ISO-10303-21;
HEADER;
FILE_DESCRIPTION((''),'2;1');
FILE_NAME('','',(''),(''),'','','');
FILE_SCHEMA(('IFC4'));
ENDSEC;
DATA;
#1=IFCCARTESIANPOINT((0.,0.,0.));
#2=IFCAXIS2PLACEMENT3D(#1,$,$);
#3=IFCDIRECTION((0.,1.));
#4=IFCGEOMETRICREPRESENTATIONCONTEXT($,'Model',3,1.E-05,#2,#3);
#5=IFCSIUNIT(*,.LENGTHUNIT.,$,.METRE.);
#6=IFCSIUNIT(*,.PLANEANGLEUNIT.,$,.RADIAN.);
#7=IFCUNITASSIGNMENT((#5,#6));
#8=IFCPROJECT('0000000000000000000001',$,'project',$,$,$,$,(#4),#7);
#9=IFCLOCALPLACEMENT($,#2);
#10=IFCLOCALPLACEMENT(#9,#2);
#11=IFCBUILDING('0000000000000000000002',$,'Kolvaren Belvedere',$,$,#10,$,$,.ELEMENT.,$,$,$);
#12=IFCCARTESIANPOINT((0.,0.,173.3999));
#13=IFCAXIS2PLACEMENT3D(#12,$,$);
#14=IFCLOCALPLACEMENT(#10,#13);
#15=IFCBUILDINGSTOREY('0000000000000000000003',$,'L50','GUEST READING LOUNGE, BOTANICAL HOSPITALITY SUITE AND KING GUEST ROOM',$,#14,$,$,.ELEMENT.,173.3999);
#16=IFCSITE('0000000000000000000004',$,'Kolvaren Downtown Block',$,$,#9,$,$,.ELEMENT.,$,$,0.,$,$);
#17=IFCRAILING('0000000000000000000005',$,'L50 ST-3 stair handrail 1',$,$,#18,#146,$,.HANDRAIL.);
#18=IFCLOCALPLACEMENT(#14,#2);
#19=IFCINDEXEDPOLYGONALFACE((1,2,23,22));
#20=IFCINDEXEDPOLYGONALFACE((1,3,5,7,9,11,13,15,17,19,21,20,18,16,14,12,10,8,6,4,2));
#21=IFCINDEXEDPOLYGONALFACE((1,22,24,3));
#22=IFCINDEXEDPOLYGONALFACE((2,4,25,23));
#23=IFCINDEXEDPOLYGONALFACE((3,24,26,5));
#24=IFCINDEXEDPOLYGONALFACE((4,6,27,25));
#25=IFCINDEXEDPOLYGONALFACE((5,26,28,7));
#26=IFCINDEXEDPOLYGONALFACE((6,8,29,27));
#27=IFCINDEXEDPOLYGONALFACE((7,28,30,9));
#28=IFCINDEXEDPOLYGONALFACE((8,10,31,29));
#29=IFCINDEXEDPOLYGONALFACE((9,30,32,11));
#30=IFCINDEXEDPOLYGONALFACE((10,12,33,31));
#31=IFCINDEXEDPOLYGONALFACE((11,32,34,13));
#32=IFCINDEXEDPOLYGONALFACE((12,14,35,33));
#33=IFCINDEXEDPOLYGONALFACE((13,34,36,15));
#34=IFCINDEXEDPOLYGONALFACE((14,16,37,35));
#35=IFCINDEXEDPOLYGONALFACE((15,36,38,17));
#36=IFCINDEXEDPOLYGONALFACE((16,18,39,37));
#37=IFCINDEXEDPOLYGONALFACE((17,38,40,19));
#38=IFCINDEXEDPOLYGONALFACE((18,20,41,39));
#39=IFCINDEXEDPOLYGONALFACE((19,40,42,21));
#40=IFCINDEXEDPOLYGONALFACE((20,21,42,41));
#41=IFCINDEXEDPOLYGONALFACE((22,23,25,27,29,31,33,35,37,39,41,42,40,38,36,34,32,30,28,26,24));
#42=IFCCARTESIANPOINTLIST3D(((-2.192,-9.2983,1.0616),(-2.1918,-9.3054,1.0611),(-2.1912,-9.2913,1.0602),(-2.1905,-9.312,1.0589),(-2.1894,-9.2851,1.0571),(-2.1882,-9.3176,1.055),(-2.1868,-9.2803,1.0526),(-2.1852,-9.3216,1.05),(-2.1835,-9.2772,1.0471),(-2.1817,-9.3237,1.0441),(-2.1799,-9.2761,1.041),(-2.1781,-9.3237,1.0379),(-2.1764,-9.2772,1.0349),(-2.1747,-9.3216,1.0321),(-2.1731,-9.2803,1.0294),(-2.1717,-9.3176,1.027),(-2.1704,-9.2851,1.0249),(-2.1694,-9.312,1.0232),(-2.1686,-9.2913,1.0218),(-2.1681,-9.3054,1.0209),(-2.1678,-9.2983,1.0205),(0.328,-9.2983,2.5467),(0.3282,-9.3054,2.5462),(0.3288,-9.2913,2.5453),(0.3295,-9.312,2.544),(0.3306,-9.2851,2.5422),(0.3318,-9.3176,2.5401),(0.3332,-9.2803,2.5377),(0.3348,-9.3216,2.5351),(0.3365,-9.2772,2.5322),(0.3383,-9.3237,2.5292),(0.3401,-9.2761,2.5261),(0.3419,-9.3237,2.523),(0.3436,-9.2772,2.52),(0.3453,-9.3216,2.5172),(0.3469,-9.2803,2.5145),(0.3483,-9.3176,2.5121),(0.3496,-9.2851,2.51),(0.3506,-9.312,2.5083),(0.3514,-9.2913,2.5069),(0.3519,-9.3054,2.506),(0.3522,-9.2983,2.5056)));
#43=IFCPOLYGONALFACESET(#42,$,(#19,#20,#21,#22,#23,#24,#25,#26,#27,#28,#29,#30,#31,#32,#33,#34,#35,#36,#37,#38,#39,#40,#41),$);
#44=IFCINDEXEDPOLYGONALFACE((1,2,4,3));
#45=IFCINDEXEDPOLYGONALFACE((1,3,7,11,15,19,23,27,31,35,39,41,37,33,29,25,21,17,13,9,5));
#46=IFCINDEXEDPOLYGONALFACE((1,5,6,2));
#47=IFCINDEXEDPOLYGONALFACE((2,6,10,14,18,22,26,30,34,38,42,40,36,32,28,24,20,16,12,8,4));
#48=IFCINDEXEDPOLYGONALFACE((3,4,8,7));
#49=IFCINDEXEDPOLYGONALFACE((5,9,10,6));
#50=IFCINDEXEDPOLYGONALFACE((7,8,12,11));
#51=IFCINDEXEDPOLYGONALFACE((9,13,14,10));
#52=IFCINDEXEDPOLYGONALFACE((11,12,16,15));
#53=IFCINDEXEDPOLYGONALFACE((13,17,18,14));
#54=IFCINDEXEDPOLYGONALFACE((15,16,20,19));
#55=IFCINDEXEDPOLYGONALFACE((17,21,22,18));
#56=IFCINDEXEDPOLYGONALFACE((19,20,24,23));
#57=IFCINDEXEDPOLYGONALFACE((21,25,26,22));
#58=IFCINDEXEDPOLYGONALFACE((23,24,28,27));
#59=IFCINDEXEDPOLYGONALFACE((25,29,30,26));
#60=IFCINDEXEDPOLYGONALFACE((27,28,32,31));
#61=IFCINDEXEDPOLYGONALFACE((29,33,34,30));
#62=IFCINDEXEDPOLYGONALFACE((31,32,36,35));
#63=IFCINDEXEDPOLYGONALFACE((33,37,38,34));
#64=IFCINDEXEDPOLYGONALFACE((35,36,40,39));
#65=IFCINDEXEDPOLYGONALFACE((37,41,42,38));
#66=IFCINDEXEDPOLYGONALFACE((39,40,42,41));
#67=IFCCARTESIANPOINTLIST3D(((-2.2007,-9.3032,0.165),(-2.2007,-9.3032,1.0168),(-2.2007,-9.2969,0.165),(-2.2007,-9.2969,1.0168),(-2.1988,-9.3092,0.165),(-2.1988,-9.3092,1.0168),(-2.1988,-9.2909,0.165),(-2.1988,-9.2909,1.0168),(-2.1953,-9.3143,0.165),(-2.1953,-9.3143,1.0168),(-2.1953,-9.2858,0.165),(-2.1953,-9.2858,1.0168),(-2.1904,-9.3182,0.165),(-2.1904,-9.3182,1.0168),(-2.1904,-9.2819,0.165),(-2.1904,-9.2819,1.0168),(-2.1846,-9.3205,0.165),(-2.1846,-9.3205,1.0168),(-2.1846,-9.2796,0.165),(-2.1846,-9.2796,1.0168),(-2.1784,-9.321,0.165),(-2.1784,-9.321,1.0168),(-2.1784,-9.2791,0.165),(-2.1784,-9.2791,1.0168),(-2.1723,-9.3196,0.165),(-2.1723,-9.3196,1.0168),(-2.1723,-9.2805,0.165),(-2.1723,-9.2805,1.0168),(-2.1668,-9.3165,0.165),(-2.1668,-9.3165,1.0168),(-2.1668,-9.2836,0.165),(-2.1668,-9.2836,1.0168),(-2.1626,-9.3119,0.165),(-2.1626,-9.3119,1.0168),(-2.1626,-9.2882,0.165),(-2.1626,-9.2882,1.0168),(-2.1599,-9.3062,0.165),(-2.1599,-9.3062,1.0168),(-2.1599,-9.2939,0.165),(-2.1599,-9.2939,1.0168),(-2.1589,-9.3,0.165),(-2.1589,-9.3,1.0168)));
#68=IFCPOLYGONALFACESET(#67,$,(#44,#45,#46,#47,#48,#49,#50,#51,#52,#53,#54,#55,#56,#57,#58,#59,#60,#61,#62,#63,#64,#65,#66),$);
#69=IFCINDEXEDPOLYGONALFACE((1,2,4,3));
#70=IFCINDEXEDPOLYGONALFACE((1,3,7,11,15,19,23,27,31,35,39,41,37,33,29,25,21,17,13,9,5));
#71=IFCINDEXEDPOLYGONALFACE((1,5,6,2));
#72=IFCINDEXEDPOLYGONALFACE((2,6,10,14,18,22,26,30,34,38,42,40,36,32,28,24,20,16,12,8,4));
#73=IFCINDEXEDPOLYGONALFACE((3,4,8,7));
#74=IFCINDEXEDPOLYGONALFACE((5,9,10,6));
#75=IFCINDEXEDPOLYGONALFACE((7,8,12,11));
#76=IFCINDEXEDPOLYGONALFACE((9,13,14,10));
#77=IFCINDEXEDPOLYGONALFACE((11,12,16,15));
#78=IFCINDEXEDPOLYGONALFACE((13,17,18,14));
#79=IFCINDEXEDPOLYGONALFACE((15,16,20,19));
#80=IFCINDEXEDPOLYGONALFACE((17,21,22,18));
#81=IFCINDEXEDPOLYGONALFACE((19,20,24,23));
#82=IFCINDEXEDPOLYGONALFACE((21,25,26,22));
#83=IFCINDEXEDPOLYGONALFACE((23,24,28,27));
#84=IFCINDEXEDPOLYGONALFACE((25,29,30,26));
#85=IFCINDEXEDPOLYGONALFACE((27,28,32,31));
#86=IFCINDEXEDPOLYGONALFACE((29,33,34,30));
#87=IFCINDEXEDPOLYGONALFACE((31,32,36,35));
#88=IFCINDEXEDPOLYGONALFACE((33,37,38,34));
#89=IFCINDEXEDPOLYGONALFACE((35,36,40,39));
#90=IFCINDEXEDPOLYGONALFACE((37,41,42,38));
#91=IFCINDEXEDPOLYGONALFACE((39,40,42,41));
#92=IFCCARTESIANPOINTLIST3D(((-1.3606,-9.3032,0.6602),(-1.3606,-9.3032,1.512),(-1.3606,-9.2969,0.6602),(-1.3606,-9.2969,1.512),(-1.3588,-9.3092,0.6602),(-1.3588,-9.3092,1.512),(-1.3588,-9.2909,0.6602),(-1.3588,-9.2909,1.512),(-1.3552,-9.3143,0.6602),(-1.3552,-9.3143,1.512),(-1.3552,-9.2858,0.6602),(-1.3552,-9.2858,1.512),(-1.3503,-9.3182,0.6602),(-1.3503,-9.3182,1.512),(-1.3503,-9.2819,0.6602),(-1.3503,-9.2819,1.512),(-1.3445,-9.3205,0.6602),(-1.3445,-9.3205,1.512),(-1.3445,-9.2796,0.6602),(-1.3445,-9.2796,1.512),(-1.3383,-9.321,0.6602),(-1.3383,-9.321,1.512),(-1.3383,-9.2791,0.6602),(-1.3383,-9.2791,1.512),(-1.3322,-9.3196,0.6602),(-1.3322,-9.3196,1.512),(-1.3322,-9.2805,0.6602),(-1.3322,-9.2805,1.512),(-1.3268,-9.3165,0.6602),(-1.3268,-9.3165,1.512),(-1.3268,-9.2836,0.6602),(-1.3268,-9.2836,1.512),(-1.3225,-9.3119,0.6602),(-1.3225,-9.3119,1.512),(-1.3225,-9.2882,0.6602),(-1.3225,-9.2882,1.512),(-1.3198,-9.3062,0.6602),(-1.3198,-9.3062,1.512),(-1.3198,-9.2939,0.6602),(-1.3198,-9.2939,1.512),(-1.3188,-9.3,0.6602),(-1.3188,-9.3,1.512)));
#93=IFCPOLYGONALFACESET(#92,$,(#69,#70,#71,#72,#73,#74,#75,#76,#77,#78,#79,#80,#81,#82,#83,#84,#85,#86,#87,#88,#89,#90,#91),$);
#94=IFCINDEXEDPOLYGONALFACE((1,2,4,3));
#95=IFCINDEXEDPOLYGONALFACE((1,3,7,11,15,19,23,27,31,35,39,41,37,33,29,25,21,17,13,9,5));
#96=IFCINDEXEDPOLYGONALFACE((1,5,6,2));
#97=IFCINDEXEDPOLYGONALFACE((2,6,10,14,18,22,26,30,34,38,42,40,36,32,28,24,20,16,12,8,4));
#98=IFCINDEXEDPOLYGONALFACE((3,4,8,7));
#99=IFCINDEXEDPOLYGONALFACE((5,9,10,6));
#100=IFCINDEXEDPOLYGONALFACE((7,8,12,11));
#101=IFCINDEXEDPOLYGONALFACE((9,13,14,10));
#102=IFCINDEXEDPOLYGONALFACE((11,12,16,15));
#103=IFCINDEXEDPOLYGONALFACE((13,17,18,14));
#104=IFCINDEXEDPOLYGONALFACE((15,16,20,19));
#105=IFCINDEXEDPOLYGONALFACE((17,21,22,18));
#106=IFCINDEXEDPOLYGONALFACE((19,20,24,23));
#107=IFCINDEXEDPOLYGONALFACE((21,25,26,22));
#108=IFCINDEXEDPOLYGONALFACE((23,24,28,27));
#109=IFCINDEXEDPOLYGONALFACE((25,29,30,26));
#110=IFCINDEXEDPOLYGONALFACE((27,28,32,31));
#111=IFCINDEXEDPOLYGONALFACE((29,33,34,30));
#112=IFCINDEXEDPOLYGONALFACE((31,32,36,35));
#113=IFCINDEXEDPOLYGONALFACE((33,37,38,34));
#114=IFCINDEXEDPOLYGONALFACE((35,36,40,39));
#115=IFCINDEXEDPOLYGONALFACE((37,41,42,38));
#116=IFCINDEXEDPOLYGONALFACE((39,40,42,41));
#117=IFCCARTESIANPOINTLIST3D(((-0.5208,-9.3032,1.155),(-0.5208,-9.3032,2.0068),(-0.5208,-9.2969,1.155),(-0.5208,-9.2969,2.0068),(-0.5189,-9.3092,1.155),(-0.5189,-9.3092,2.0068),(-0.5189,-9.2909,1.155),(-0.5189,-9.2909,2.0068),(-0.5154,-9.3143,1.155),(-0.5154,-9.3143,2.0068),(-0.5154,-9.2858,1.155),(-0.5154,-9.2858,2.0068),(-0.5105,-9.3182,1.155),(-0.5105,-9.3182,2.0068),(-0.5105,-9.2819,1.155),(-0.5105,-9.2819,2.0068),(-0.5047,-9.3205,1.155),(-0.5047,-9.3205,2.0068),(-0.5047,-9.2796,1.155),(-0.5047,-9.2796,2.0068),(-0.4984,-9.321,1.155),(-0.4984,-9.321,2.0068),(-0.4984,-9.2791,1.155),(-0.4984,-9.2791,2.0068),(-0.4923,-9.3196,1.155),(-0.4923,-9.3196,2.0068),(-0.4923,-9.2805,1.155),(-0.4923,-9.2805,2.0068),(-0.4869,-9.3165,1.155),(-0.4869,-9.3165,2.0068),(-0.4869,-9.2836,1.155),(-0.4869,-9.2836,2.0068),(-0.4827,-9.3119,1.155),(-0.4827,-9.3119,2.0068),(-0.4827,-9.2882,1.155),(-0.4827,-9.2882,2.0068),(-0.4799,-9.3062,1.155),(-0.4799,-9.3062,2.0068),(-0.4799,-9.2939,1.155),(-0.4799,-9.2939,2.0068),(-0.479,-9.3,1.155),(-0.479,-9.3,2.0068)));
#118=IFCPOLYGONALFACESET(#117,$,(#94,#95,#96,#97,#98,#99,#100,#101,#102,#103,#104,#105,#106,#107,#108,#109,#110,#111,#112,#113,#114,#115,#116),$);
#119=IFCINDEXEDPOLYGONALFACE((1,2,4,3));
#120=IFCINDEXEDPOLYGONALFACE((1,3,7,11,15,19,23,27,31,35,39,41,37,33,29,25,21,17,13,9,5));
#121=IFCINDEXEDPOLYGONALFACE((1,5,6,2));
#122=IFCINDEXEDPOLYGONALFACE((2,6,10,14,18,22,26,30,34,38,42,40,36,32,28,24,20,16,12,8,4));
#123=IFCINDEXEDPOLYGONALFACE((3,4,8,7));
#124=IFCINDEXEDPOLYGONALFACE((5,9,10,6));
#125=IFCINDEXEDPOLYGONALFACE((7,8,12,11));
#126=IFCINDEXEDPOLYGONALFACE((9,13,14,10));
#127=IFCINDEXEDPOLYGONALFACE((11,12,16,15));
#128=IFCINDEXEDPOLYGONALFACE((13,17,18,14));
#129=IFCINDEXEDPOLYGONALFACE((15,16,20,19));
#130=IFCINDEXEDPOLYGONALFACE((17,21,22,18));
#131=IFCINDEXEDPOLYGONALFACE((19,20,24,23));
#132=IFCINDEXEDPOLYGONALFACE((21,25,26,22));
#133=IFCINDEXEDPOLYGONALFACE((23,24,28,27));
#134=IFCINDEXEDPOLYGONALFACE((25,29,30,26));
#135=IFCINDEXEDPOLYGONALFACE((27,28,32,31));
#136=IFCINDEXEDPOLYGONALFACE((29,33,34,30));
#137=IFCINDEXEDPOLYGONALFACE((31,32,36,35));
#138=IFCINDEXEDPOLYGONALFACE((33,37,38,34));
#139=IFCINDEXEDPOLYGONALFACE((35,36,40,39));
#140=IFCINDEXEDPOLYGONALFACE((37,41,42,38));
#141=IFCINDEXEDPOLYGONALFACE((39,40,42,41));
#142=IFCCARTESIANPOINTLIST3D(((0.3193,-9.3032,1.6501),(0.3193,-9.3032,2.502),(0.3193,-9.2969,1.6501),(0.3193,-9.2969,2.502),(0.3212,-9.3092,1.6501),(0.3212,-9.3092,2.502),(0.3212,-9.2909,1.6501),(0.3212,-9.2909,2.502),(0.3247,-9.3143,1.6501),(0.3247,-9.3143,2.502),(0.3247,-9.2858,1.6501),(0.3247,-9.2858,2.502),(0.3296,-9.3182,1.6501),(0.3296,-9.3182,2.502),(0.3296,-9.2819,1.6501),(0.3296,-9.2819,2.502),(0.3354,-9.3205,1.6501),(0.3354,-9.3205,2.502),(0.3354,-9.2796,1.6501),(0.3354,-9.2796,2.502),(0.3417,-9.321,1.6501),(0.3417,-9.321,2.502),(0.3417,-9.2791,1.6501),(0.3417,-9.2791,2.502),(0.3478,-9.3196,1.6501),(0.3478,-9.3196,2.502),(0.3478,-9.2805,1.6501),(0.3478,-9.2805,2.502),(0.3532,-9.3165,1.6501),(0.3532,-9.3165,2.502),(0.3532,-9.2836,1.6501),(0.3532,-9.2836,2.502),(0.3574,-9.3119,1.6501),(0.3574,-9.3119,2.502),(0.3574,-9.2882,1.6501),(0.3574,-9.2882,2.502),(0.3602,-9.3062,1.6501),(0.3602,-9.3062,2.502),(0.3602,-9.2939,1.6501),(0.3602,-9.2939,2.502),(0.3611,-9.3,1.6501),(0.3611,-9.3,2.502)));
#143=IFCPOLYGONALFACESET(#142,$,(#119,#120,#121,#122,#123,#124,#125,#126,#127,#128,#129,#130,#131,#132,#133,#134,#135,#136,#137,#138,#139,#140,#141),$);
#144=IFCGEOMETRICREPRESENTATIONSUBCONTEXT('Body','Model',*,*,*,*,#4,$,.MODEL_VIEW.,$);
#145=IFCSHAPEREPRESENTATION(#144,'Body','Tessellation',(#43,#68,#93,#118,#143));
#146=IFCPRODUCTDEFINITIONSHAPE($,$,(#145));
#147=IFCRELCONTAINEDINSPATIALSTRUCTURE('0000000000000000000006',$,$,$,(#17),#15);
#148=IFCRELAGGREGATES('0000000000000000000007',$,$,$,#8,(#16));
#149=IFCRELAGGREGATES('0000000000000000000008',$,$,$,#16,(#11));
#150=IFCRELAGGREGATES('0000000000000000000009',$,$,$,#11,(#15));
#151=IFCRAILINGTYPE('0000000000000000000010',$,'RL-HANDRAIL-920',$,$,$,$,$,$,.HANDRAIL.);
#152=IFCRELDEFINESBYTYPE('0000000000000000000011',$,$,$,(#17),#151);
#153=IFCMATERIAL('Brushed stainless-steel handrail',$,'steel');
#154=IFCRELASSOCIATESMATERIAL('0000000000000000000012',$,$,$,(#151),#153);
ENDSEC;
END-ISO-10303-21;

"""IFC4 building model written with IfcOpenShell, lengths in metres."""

from ifc_helpers import new_model, si_unit, direction, frame, origin, origin_2d, place, context, subcontext, project, spatial, circle, extrude, material, type_object, element, save


model = new_model("IFC4")

# Units and contexts
model_context = context("Model", 3, precision=1e-05, world=origin(), true_north=direction((0.0, 1.0)))
body_context = subcontext(model_context, "Body", "Model", "MODEL_VIEW")
ifc_project = project(units=[si_unit("LENGTHUNIT", "METRE"), si_unit("PLANEANGLEUNIT", "RADIAN")], contexts=[model_context])

# Site, building, storey
site_placement = place(None, origin())
site = spatial("IfcSite", under=ifc_project, at=site_placement, Name="Kolvaren Downtown Block", CompositionType="ELEMENT", RefElevation=0.0)
building_placement = place(site_placement, origin())
building = spatial("IfcBuilding", under=site, at=building_placement, Name="Kolvaren Belvedere", CompositionType="ELEMENT")
storey_placement = place(building_placement, frame((0.0, 0.0, 173.3999)))
storey = spatial("IfcBuildingStorey", under=building, at=storey_placement, Name="L50", Description="GUEST READING LOUNGE, BOTANICAL HOSPITALITY SUITE AND KING GUEST ROOM", CompositionType="ELEMENT", Elevation=173.3999)

# Railing
ifc_material_1 = material(Name="Brushed stainless-steel handrail", Category="steel")
railing_type_1 = type_object("IfcRailingType", Name="RL-HANDRAIL-920", PredefinedType="HANDRAIL", material=ifc_material_1)
railing_1_placement = place(storey_placement, frame((-2.1799, -9.3, 0.165)))
element("IfcRailing", 1, at=railing_1_placement, inside=storey, type_object=railing_type_1, Name="L50 ST-3 stair handrail 1", PredefinedType="HANDRAIL", context=body_context, shape_type="SweptSolid", body=[
    extrude(circle(Radius=0.0239, at=origin_2d()), frame((0.0, 0.0, 0.876), z_axis=(0.861524, 0.0, 0.507717), x_axis=(0.0, 1.0, 0.0)), (0.0, 0.0, 1.0), 2.925),
    extrude(circle(Radius=0.021, at=origin_2d()), origin(), (0.0, 0.0, 1.0), 0.8518),
    extrude(circle(Radius=0.021, at=origin_2d()), frame((0.8401, 0.0, 0.4951)), (0.0, 0.0, 1.0), 0.8518),
    extrude(circle(Radius=0.021, at=origin_2d()), frame((1.6799, 0.0, 0.99)), (0.0, 0.0, 1.0), 0.8518),
    extrude(circle(Radius=0.021, at=origin_2d()), frame((2.52, 0.0, 1.4851)), (0.0, 0.0, 1.0), 0.8518),
])

save(model, "model.ifc")
